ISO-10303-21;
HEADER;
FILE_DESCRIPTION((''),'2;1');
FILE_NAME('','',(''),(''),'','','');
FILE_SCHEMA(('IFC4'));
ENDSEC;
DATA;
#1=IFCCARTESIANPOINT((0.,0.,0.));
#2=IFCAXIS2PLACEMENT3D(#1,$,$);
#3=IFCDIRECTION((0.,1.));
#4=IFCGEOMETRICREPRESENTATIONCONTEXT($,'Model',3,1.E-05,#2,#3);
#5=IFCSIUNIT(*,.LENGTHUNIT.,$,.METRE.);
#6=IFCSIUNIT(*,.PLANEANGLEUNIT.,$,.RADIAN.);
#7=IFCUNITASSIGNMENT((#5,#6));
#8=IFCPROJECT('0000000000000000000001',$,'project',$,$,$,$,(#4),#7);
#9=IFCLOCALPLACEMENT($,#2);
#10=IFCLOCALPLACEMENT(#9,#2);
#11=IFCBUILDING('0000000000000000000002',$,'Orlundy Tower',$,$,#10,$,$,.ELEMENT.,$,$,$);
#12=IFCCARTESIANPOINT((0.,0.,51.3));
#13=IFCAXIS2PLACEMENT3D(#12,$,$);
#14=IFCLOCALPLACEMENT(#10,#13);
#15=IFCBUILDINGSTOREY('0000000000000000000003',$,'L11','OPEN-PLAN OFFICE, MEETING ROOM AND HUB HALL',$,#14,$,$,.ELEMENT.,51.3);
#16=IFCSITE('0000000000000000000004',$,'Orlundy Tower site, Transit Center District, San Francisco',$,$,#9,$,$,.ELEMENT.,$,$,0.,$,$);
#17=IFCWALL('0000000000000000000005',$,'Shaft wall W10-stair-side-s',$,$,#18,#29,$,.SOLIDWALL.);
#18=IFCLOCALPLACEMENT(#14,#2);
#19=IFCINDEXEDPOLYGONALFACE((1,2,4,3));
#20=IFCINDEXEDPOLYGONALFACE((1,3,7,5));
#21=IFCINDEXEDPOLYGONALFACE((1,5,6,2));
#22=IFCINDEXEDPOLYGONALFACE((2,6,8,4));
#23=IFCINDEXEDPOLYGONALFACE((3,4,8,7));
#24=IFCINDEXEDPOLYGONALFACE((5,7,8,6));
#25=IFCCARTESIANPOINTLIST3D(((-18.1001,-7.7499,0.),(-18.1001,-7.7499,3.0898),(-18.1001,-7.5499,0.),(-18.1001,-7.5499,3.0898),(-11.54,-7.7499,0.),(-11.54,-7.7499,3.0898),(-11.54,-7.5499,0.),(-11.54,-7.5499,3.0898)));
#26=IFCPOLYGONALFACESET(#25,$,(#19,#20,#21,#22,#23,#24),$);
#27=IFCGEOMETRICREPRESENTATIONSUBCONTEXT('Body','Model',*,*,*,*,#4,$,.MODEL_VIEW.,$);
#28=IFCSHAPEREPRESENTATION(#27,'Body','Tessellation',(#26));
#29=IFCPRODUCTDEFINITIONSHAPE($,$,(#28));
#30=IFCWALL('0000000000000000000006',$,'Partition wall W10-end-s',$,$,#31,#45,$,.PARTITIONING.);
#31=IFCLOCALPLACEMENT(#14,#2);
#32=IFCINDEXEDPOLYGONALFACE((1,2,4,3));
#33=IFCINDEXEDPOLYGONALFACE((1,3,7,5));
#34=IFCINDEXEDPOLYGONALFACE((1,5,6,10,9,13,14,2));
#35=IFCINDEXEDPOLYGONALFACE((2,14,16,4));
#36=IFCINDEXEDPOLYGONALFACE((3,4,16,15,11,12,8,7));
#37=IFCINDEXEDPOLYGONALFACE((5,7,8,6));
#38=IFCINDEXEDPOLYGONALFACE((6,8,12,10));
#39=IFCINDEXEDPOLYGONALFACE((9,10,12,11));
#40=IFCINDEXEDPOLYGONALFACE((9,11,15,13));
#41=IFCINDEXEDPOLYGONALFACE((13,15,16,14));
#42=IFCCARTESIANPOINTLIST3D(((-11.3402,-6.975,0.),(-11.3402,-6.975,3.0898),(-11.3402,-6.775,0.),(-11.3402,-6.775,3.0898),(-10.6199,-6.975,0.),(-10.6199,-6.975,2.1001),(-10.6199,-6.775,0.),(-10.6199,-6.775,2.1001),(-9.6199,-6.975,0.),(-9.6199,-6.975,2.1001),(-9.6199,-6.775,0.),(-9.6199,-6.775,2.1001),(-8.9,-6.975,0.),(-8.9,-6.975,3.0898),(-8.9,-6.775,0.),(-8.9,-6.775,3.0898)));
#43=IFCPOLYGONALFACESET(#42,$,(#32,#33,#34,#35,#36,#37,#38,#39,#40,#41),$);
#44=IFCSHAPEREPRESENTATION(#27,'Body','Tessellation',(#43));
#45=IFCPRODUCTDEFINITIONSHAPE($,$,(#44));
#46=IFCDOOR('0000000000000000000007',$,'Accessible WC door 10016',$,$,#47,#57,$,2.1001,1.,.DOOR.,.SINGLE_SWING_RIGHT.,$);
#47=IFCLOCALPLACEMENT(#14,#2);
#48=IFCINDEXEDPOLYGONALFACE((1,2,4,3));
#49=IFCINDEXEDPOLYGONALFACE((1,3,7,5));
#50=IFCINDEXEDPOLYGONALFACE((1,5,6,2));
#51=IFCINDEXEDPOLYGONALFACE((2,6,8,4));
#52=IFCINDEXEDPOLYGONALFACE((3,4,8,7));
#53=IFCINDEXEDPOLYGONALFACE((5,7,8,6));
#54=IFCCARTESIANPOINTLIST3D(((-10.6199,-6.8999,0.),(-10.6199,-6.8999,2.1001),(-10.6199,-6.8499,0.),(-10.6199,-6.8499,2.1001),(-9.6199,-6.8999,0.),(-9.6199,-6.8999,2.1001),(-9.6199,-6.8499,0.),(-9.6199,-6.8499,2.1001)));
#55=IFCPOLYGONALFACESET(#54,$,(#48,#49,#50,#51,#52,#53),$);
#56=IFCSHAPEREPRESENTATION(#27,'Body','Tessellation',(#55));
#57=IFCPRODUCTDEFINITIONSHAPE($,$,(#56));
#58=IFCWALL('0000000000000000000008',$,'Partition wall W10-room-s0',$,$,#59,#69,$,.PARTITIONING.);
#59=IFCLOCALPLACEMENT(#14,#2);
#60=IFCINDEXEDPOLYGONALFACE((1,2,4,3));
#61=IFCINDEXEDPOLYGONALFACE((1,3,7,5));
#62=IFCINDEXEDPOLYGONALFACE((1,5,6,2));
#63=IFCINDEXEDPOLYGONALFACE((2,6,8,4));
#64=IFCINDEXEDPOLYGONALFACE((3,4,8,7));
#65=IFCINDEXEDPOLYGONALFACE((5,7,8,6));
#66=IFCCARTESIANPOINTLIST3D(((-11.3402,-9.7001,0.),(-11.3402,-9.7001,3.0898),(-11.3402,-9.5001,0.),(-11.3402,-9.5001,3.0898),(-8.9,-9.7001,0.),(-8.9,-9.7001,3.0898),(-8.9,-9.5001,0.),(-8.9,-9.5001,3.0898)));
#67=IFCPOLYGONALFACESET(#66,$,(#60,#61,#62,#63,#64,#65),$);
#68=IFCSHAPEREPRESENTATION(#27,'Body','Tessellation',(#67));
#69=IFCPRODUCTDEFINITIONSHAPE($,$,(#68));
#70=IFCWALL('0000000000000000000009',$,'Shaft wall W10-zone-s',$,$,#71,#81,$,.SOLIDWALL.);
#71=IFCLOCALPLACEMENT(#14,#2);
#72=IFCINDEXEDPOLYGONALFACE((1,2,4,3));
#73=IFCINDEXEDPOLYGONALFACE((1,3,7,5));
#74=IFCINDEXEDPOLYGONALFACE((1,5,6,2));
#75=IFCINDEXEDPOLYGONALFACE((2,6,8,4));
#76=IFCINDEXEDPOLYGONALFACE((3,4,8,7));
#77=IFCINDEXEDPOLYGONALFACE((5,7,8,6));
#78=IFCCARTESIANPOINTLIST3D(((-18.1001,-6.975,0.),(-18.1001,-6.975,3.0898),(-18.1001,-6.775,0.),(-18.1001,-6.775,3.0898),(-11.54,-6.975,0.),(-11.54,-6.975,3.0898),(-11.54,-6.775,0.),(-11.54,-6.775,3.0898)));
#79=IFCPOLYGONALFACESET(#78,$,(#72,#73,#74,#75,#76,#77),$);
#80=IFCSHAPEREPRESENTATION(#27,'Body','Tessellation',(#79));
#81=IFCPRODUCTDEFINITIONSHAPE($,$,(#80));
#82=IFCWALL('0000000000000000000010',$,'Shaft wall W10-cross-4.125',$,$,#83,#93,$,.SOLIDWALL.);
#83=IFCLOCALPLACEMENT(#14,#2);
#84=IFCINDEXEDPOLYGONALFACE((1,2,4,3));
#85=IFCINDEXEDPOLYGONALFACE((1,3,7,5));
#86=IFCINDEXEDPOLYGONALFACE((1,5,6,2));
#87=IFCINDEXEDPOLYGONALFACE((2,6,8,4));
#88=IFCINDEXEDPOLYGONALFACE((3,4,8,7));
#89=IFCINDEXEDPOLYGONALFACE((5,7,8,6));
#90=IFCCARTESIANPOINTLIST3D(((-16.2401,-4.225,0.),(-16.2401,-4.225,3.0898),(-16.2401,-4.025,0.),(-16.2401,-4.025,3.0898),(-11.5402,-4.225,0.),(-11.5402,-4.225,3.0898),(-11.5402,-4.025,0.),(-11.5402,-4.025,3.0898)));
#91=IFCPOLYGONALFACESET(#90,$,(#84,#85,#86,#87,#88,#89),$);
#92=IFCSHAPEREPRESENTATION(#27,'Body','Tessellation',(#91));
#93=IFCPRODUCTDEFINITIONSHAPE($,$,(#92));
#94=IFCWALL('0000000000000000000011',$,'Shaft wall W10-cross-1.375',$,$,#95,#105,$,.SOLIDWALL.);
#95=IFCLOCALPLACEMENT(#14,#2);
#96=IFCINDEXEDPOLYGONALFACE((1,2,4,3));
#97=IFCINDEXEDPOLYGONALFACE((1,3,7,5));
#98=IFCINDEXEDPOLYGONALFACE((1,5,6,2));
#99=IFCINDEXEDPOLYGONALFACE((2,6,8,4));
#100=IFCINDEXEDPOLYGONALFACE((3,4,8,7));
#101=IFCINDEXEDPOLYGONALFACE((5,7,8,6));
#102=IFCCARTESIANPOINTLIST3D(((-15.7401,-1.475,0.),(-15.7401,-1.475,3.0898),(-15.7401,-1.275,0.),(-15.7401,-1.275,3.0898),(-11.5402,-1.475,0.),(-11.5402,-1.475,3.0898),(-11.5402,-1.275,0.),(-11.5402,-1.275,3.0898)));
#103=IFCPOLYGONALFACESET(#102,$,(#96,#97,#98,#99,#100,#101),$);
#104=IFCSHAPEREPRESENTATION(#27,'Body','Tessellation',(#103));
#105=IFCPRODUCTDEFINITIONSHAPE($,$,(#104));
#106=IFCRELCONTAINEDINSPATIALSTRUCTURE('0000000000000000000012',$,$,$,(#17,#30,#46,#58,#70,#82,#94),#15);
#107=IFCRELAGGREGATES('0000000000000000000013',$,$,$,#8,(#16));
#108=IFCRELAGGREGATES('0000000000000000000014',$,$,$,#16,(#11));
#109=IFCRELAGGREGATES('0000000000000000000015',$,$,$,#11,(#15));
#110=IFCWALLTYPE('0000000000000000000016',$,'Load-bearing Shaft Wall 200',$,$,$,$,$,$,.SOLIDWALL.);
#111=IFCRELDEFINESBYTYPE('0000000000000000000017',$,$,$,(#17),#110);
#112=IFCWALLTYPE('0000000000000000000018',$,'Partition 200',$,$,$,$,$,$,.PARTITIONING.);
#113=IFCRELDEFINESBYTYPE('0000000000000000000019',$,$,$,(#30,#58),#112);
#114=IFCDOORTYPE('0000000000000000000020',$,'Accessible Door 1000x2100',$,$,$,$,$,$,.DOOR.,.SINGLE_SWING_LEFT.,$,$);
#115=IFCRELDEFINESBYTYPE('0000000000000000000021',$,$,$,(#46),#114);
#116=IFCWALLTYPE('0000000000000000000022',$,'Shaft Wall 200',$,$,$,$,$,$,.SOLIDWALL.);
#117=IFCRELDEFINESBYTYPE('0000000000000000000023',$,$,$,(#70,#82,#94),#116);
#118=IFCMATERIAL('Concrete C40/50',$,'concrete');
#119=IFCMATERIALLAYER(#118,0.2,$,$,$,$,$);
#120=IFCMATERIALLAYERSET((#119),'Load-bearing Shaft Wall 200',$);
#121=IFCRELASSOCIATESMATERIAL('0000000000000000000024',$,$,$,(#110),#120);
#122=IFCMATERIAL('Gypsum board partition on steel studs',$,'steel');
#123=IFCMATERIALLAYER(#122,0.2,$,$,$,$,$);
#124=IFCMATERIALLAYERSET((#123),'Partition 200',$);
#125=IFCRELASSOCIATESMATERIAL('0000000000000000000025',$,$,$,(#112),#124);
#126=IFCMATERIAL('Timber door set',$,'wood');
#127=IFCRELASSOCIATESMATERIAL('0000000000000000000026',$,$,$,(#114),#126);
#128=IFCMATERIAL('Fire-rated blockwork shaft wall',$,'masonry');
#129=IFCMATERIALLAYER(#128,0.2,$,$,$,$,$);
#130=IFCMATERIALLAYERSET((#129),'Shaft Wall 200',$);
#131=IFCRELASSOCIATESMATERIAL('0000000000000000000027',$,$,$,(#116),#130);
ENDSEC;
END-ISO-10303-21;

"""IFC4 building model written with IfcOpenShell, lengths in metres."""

from ifc_helpers import new_model, si_unit, direction, frame, frame_2d, origin, place, context, subcontext, project, spatial, rectangle, extrude, material, layer, layer_set, type_object, element, fill, save


model = new_model("IFC4")

# Units and contexts
model_context = context("Model", 3, precision=1e-05, world=origin(), true_north=direction((0.0, 1.0)))
body_context = subcontext(model_context, "Body", "Model", "MODEL_VIEW")
ifc_project = project(units=[si_unit("LENGTHUNIT", "METRE"), si_unit("PLANEANGLEUNIT", "RADIAN")], contexts=[model_context])

# Site, building, storey
site_placement = place(None, origin())
site = spatial("IfcSite", under=ifc_project, at=site_placement, Name="Orlundy Tower site, Transit Center District, San Francisco", CompositionType="ELEMENT", RefElevation=0.0)
building_placement = place(site_placement, origin())
building = spatial("IfcBuilding", under=site, at=building_placement, Name="Orlundy Tower", CompositionType="ELEMENT")
storey_placement = place(building_placement, frame((0.0, 0.0, 51.3)))
storey = spatial("IfcBuildingStorey", under=building, at=storey_placement, Name="L11", Description="OPEN-PLAN OFFICE, MEETING ROOM AND HUB HALL", CompositionType="ELEMENT", Elevation=51.3)

# Wall
ifc_material_1 = material(Name="Concrete C40/50", Category="concrete")
ifc_layer_1 = layer(ifc_material_1, 0.2)
ifc_layer_set_1 = layer_set([ifc_layer_1], Name="Load-bearing Shaft Wall 200")
wall_type_1 = type_object("IfcWallType", Name="Load-bearing Shaft Wall 200", PredefinedType="SOLIDWALL", material=ifc_layer_set_1)
wall_1_placement = place(storey_placement, frame((-11.54, -7.6499, 0.0), z_axis=(0.0, 0.0, 1.0), x_axis=(-1.0, 0.0, 0.0)))
element("IfcWall", 1, at=wall_1_placement, inside=storey, type_object=wall_type_1, Name="Shaft wall W10-stair-side-s", PredefinedType="SOLIDWALL", context=body_context, shape_type="SweptSolid", body=[
    extrude(rectangle(XDim=6.5601, YDim=0.2, at=frame_2d((3.28, 0.0))), origin(), (0.0, 0.0, 1.0), 3.0898),
])

# Wall, opening, door
ifc_material_2 = material(Name="Gypsum board partition on steel studs", Category="steel")
ifc_layer_2 = layer(ifc_material_2, 0.2)
ifc_layer_set_2 = layer_set([ifc_layer_2], Name="Partition 200")
wall_type_2 = type_object("IfcWallType", Name="Partition 200", PredefinedType="PARTITIONING", material=ifc_layer_set_2)
wall_2_placement = place(storey_placement, frame((-8.8999, -6.875, 0.0), z_axis=(0.0, 0.0, 1.0), x_axis=(-1.0, 0.0, 0.0)))
wall_2 = element("IfcWall", 2, at=wall_2_placement, inside=storey, type_object=wall_type_2, Name="Partition wall W10-end-s", PredefinedType="PARTITIONING", context=body_context, shape_type="SweptSolid", body=[
    extrude(rectangle(XDim=2.4402, YDim=0.2, at=frame_2d((1.2202, 0.0))), origin(), (0.0, 0.0, 1.0), 3.0898),
])
opening_1_placement = place(wall_2_placement, frame((0.72, 0.0, 0.0)))
opening_1 = element("IfcOpeningElement", 3, at=opening_1_placement, cuts=wall_2, PredefinedType="OPENING", context=body_context, shape_type="SweptSolid", body=[
    extrude(rectangle(XDim=1.0, YDim=2.1001, at=frame_2d((0.5, 1.05))), frame((0.0, 0.1101, 0.0), z_axis=(0.0, -1.0, 0.0), x_axis=(1.0, 0.0, 0.0)), (0.0, 0.0, 1.0), 0.2202),
])
ifc_material_3 = material(Name="Timber door set", Category="wood")
door_type_1 = type_object("IfcDoorType", Name="Accessible Door 1000x2100", OperationType="SINGLE_SWING_LEFT", PredefinedType="DOOR", material=ifc_material_3)
door_1_placement = place(opening_1_placement, origin())
door_1 = element("IfcDoor", 4, at=door_1_placement, inside=storey, type_object=door_type_1, Name="Accessible WC door 10016", OperationType="SINGLE_SWING_RIGHT", OverallHeight=2.1001, OverallWidth=1.0, PredefinedType="DOOR", context=body_context, shape_type="SweptSolid", body=[
    extrude(rectangle(XDim=1.0, YDim=2.1001, at=frame_2d((0.5, 1.05))), frame((0.0, 0.0249, 0.0), z_axis=(0.0, -1.0, 0.0), x_axis=(1.0, 0.0, 0.0)), (0.0, 0.0, 1.0), 0.05),
])
fill(opening_1, door_1)

# Walls
wall_3_placement = place(storey_placement, frame((-8.8999, -9.6001, 0.0), z_axis=(0.0, 0.0, 1.0), x_axis=(-1.0, 0.0, 0.0)))
element("IfcWall", 5, at=wall_3_placement, inside=storey, type_object=wall_type_2, Name="Partition wall W10-room-s0", PredefinedType="PARTITIONING", context=body_context, shape_type="SweptSolid", body=[
    extrude(rectangle(XDim=2.4402, YDim=0.2, at=frame_2d((1.2202, 0.0))), origin(), (0.0, 0.0, 1.0), 3.0898),
])
ifc_material_4 = material(Name="Fire-rated blockwork shaft wall", Category="masonry")
ifc_layer_3 = layer(ifc_material_4, 0.2)
ifc_layer_set_3 = layer_set([ifc_layer_3], Name="Shaft Wall 200")
wall_type_3 = type_object("IfcWallType", Name="Shaft Wall 200", PredefinedType="SOLIDWALL", material=ifc_layer_set_3)
wall_4_placement = place(storey_placement, frame((-11.54, -6.875, 0.0), z_axis=(0.0, 0.0, 1.0), x_axis=(-1.0, 0.0, 0.0)))
element("IfcWall", 6, at=wall_4_placement, inside=storey, type_object=wall_type_3, Name="Shaft wall W10-zone-s", PredefinedType="SOLIDWALL", context=body_context, shape_type="SweptSolid", body=[
    extrude(rectangle(XDim=6.5601, YDim=0.2, at=frame_2d((3.28, 0.0))), origin(), (0.0, 0.0, 1.0), 3.0898),
])
wall_5_placement = place(storey_placement, frame((-11.54, -4.125, 0.0), z_axis=(0.0, 0.0, 1.0), x_axis=(-1.0, 0.0, 0.0)))
element("IfcWall", 7, at=wall_5_placement, inside=storey, type_object=wall_type_3, Name="Shaft wall W10-cross-4.125", PredefinedType="SOLIDWALL", context=body_context, shape_type="SweptSolid", body=[
    extrude(rectangle(XDim=4.7, YDim=0.2, at=frame_2d((2.3501, 0.0))), origin(), (0.0, 0.0, 1.0), 3.0898),
])
wall_6_placement = place(storey_placement, frame((-11.54, -1.375, 0.0), z_axis=(0.0, 0.0, 1.0), x_axis=(-1.0, 0.0, 0.0)))
element("IfcWall", 8, at=wall_6_placement, inside=storey, type_object=wall_type_3, Name="Shaft wall W10-cross-1.375", PredefinedType="SOLIDWALL", context=body_context, shape_type="SweptSolid", body=[
    extrude(rectangle(XDim=4.2, YDim=0.2, at=frame_2d((2.1001, 0.0))), origin(), (0.0, 0.0, 1.0), 3.0898),
])

save(model, "model.ifc")
